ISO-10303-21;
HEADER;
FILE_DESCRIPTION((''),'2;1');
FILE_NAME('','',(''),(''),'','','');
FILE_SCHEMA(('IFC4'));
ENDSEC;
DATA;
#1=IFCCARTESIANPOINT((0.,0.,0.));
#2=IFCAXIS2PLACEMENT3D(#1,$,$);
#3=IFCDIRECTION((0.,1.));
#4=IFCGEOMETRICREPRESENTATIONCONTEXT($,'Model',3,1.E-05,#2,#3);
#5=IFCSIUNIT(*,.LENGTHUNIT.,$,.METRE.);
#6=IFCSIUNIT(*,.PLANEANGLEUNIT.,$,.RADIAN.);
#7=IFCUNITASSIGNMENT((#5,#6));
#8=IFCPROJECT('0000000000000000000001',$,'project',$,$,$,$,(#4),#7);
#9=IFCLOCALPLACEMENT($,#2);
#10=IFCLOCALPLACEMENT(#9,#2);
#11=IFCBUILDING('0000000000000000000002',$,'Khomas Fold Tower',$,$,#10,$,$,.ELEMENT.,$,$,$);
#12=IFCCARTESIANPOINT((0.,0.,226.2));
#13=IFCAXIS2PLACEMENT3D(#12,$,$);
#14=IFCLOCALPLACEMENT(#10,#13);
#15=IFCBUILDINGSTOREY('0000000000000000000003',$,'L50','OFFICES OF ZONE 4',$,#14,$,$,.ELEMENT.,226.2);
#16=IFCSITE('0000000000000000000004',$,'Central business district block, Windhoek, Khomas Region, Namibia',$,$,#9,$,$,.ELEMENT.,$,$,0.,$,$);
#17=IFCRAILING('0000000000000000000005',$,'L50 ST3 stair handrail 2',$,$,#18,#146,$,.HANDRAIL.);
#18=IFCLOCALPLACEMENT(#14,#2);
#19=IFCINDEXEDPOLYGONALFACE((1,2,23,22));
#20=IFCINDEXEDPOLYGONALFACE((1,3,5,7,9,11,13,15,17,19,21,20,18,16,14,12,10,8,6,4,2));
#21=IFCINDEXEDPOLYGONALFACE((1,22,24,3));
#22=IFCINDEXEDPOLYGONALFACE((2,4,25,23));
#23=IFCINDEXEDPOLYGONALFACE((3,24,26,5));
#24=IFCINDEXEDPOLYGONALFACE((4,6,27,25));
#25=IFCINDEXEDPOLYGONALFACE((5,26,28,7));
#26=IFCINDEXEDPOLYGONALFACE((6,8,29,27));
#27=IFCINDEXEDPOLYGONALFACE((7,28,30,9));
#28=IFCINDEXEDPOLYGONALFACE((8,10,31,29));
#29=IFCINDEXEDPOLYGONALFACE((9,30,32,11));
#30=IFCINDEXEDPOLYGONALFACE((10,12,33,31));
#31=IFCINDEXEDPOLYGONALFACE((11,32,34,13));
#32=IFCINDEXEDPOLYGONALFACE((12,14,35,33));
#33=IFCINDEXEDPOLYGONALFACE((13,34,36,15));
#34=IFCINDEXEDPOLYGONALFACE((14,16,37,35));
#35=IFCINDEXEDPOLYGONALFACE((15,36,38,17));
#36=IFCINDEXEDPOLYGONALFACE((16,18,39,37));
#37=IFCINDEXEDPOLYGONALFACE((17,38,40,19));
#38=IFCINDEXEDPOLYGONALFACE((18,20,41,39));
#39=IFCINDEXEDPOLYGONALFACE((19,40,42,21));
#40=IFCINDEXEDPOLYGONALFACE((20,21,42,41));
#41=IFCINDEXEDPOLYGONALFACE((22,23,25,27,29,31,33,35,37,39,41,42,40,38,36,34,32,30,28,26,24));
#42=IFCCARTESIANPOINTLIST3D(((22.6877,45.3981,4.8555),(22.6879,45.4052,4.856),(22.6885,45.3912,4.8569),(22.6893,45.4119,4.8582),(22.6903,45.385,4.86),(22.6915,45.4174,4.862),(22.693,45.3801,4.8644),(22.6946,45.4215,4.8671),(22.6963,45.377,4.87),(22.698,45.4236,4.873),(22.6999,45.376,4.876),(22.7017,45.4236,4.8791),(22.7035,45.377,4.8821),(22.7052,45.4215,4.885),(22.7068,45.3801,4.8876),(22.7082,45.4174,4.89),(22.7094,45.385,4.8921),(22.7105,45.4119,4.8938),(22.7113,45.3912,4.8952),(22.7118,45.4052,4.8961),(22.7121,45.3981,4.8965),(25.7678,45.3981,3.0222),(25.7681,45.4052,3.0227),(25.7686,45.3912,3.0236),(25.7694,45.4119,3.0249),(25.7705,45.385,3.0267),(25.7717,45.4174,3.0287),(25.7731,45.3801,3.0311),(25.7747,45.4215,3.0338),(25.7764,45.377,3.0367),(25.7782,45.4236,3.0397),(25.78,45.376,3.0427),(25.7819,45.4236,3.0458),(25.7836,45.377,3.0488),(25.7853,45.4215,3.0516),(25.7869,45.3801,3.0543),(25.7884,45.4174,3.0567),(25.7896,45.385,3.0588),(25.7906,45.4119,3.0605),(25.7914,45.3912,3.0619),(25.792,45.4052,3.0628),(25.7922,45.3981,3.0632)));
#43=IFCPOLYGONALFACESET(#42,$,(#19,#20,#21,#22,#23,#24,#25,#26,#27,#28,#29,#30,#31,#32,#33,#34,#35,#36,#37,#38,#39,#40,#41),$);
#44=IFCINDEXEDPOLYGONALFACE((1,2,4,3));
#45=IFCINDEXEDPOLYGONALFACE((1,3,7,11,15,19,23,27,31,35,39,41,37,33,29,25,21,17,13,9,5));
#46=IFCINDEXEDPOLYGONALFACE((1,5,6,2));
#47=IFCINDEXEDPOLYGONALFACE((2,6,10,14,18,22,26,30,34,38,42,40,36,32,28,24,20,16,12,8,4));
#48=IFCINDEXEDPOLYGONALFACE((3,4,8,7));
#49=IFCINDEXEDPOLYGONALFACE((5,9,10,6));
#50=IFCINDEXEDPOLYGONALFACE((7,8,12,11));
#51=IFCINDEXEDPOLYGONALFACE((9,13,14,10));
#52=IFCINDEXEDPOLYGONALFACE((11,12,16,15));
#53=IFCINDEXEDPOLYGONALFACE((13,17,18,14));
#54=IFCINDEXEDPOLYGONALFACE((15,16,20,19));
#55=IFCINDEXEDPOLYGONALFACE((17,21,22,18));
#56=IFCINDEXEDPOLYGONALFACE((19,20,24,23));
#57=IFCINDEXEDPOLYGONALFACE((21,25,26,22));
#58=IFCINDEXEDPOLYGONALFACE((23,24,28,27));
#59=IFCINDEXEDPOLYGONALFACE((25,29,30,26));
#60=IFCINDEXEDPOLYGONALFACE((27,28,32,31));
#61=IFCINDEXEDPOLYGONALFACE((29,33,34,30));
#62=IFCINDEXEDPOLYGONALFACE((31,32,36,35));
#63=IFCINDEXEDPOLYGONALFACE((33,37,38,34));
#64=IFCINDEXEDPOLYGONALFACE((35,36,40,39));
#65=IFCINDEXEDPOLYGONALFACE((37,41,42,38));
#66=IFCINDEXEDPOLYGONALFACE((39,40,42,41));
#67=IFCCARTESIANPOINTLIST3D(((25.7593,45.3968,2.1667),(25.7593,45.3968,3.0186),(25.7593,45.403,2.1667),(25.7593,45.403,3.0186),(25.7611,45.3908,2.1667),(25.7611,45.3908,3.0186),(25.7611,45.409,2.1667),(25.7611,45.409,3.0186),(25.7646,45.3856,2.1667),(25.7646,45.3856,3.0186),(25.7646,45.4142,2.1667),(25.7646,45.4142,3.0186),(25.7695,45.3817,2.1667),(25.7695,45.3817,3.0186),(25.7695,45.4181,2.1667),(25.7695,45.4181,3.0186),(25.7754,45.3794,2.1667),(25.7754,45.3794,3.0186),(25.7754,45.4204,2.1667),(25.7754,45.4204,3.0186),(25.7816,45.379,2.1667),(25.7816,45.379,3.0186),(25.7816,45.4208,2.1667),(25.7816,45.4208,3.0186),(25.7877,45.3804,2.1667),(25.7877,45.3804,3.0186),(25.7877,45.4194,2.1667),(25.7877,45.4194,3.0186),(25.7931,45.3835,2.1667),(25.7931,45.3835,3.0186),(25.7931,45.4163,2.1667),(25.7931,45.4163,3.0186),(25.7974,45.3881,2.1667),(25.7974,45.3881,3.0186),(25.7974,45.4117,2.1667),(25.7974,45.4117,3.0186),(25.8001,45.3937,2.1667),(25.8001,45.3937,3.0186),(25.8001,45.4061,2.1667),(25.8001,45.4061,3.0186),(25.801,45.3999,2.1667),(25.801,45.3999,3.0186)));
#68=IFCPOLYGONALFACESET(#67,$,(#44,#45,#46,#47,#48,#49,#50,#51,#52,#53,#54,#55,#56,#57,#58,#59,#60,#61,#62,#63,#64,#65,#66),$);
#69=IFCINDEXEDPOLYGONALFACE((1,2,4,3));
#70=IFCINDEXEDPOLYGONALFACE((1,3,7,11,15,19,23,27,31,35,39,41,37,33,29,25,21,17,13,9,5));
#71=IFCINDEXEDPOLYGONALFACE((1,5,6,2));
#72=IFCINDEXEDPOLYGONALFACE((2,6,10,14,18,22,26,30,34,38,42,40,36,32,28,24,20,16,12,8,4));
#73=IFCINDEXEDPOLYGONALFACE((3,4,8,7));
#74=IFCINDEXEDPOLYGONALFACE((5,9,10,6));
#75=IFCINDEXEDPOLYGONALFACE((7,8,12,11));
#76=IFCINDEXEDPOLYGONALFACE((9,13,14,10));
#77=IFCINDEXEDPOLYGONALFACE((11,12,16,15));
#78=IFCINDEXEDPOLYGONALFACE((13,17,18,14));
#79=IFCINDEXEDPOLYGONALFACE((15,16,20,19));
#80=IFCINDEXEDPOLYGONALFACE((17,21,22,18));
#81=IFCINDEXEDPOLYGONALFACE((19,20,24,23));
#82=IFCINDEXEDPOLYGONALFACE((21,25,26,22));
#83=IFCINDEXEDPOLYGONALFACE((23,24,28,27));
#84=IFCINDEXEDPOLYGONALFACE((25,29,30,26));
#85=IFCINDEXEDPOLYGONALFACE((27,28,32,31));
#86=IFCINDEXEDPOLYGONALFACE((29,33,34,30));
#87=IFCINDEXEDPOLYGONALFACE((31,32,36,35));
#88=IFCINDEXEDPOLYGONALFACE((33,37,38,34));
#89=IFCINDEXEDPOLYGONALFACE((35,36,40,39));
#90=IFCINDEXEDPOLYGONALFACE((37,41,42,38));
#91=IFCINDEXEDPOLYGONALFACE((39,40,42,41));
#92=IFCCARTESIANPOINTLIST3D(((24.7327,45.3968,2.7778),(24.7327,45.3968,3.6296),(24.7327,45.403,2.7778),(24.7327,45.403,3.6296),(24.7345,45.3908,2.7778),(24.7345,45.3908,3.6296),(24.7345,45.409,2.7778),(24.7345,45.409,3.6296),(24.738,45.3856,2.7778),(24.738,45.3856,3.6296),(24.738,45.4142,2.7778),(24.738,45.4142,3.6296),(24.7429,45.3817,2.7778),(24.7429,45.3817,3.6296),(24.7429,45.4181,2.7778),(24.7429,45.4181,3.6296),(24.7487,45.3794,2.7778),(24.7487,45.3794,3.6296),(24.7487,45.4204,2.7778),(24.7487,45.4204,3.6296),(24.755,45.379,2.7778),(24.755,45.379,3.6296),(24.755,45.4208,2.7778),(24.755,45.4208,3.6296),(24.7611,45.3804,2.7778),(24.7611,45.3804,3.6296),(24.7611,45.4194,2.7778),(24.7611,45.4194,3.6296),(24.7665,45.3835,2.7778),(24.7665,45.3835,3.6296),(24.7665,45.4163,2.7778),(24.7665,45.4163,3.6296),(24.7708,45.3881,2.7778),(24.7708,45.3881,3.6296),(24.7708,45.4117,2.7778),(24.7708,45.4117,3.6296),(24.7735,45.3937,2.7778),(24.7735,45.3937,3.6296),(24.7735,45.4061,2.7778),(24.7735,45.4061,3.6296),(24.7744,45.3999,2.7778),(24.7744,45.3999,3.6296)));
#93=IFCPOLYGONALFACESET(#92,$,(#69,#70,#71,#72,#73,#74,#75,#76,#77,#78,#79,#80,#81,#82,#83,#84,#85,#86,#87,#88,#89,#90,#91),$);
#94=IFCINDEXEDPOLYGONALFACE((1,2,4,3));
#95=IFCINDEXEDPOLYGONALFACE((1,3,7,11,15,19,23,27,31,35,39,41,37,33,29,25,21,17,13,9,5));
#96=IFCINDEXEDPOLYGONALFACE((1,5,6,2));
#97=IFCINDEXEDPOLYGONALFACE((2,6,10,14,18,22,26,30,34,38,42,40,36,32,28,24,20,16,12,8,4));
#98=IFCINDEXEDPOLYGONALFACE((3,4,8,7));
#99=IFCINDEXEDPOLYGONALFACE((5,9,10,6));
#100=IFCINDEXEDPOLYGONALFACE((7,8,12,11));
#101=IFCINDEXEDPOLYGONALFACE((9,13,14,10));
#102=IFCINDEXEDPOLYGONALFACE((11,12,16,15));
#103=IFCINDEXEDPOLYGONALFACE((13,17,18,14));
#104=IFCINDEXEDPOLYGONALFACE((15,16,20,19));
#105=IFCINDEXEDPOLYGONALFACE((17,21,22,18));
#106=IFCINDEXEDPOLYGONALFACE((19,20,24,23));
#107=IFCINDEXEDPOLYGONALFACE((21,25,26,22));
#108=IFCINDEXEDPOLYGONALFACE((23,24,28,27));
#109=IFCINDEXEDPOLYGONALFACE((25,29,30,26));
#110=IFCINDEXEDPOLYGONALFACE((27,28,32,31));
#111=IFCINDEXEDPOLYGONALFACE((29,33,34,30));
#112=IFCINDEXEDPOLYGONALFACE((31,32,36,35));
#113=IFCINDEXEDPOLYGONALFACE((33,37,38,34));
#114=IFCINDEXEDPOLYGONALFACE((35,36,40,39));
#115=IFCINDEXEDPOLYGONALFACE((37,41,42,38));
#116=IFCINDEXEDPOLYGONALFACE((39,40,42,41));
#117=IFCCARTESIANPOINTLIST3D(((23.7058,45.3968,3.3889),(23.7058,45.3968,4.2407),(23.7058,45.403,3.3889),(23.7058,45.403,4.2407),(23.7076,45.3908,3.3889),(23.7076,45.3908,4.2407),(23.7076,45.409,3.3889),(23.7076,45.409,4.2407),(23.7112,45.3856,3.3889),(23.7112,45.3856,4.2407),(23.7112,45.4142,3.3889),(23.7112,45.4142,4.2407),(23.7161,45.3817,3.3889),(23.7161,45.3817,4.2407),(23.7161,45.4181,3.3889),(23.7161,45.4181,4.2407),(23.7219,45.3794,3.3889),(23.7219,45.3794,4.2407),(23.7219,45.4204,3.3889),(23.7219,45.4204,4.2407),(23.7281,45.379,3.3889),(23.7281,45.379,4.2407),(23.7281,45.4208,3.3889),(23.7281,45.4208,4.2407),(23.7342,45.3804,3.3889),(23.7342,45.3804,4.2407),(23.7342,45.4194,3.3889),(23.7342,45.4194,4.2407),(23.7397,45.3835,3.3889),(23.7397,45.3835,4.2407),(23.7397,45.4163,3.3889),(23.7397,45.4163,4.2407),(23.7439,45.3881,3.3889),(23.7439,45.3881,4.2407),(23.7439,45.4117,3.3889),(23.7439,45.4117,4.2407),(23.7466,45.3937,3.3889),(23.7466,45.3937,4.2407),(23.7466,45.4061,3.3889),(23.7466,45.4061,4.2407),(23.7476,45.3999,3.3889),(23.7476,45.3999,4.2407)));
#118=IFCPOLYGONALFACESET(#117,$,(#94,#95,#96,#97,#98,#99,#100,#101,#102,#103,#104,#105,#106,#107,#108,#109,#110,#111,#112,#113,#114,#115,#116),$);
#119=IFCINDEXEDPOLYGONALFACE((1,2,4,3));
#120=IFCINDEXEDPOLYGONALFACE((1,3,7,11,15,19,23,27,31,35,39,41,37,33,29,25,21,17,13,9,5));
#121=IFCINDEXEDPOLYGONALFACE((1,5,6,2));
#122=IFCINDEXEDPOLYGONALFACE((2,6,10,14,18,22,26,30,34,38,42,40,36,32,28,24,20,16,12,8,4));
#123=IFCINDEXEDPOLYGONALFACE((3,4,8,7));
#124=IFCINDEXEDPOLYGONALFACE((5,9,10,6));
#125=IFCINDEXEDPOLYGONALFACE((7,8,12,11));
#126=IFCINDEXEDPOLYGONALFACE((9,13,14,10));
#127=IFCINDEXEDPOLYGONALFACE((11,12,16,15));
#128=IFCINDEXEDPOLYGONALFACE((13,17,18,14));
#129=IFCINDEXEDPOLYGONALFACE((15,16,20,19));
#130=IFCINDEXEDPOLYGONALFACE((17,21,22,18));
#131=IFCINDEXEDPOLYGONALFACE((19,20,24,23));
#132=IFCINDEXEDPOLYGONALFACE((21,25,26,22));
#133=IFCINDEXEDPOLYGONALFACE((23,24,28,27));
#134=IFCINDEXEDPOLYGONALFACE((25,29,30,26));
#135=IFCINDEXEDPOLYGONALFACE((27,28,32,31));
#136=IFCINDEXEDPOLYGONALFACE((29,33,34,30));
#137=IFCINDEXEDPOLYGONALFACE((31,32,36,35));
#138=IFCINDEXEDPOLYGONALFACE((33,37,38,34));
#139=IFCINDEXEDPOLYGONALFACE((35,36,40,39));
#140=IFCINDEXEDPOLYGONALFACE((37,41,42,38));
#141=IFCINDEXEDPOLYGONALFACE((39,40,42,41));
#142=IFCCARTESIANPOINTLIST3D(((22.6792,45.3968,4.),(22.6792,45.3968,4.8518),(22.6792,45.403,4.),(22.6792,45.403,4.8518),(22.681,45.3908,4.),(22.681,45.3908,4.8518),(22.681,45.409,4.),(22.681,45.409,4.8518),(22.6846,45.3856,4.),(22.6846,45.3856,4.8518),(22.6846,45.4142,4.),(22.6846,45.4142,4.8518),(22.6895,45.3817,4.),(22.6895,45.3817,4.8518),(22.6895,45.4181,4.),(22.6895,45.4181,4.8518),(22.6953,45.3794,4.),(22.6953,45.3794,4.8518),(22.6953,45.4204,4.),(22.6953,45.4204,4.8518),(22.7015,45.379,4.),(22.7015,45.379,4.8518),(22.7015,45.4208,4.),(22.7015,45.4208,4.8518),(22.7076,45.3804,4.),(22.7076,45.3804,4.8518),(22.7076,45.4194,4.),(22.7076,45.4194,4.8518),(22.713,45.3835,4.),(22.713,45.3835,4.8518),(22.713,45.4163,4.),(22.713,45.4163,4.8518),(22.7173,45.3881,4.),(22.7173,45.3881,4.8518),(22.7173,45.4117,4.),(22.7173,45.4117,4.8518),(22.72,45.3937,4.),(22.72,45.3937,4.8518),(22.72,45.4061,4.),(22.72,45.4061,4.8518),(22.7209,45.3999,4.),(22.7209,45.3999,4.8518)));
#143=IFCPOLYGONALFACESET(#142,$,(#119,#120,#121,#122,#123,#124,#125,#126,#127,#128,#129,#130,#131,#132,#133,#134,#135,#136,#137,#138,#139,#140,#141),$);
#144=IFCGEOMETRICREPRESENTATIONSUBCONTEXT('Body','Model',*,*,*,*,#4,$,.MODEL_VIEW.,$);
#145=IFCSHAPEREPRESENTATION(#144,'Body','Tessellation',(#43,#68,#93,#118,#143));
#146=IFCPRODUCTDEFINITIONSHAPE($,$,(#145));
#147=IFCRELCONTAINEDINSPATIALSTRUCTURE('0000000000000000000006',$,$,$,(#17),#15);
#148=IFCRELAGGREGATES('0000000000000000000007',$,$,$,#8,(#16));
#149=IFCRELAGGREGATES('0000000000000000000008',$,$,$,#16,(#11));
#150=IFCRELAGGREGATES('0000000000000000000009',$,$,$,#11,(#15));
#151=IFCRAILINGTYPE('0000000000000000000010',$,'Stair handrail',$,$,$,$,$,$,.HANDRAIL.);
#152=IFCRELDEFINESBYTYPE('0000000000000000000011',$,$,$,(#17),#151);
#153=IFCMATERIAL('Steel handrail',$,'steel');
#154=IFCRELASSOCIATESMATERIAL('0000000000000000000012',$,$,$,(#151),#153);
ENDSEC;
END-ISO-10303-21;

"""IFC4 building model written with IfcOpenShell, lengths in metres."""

from ifc_helpers import new_model, si_unit, direction, frame, origin, origin_2d, place, context, subcontext, project, spatial, circle, extrude, source, transform, mapped, material, type_object, element, save


model = new_model("IFC4")

# Units and contexts
model_context = context("Model", 3, precision=1e-05, world=origin(), true_north=direction((0.0, 1.0)))
body_context = subcontext(model_context, "Body", "Model", "MODEL_VIEW")
ifc_project = project(units=[si_unit("LENGTHUNIT", "METRE"), si_unit("PLANEANGLEUNIT", "RADIAN")], contexts=[model_context])

# Site, building, storey
site_placement = place(None, origin())
site = spatial("IfcSite", under=ifc_project, at=site_placement, Name="Central business district block, Windhoek, Khomas Region, Namibia", CompositionType="ELEMENT", RefElevation=0.0)
building_placement = place(site_placement, origin())
building = spatial("IfcBuilding", under=site, at=building_placement, Name="Khomas Fold Tower", CompositionType="ELEMENT")
storey_placement = place(building_placement, frame((0.0, 0.0, 226.2)))
storey = spatial("IfcBuildingStorey", under=building, at=storey_placement, Name="L50", Description="OFFICES OF ZONE 4", CompositionType="ELEMENT", Elevation=226.2)

# Railing
ifc_material_1 = material(Name="Steel handrail", Category="steel")
railing_type_1 = type_object("IfcRailingType", Name="Stair handrail", PredefinedType="HANDRAIL", material=ifc_material_1)
shared_shape_1 = source(origin(), body_context, "Body", "SweptSolid", [
    extrude(circle(Radius=0.0239, at=origin_2d()), frame((0.0, 0.0, 0.876), z_axis=(-0.859309, 0.0, 0.511458), x_axis=(0.0, -1.0, 0.0)), (0.0, 0.0, 1.0), 3.5845),
    extrude(circle(Radius=0.021, at=origin_2d()), origin(), (0.0, 0.0, 1.0), 0.8518),
    extrude(circle(Radius=0.021, at=origin_2d()), frame((-1.0266, 0.0, 0.6111)), (0.0, 0.0, 1.0), 0.8518),
    extrude(circle(Radius=0.021, at=origin_2d()), frame((-2.0535, 0.0, 1.2222)), (0.0, 0.0, 1.0), 0.8518),
    extrude(circle(Radius=0.021, at=origin_2d()), frame((-3.0801, 0.0, 1.8333)), (0.0, 0.0, 1.0), 0.8518),
])
railing_1_placement = place(storey_placement, frame((25.78, 45.3999, 2.1667)))
element("IfcRailing", 1, at=railing_1_placement, inside=storey, type_object=railing_type_1, Name="L50 ST3 stair handrail 2", PredefinedType="HANDRAIL", context=body_context, shape_type="MappedRepresentation", body=[
    mapped(shared_shape_1, transform((0.0, 0.0, 0.0))),
])

save(model, "model.ifc")
